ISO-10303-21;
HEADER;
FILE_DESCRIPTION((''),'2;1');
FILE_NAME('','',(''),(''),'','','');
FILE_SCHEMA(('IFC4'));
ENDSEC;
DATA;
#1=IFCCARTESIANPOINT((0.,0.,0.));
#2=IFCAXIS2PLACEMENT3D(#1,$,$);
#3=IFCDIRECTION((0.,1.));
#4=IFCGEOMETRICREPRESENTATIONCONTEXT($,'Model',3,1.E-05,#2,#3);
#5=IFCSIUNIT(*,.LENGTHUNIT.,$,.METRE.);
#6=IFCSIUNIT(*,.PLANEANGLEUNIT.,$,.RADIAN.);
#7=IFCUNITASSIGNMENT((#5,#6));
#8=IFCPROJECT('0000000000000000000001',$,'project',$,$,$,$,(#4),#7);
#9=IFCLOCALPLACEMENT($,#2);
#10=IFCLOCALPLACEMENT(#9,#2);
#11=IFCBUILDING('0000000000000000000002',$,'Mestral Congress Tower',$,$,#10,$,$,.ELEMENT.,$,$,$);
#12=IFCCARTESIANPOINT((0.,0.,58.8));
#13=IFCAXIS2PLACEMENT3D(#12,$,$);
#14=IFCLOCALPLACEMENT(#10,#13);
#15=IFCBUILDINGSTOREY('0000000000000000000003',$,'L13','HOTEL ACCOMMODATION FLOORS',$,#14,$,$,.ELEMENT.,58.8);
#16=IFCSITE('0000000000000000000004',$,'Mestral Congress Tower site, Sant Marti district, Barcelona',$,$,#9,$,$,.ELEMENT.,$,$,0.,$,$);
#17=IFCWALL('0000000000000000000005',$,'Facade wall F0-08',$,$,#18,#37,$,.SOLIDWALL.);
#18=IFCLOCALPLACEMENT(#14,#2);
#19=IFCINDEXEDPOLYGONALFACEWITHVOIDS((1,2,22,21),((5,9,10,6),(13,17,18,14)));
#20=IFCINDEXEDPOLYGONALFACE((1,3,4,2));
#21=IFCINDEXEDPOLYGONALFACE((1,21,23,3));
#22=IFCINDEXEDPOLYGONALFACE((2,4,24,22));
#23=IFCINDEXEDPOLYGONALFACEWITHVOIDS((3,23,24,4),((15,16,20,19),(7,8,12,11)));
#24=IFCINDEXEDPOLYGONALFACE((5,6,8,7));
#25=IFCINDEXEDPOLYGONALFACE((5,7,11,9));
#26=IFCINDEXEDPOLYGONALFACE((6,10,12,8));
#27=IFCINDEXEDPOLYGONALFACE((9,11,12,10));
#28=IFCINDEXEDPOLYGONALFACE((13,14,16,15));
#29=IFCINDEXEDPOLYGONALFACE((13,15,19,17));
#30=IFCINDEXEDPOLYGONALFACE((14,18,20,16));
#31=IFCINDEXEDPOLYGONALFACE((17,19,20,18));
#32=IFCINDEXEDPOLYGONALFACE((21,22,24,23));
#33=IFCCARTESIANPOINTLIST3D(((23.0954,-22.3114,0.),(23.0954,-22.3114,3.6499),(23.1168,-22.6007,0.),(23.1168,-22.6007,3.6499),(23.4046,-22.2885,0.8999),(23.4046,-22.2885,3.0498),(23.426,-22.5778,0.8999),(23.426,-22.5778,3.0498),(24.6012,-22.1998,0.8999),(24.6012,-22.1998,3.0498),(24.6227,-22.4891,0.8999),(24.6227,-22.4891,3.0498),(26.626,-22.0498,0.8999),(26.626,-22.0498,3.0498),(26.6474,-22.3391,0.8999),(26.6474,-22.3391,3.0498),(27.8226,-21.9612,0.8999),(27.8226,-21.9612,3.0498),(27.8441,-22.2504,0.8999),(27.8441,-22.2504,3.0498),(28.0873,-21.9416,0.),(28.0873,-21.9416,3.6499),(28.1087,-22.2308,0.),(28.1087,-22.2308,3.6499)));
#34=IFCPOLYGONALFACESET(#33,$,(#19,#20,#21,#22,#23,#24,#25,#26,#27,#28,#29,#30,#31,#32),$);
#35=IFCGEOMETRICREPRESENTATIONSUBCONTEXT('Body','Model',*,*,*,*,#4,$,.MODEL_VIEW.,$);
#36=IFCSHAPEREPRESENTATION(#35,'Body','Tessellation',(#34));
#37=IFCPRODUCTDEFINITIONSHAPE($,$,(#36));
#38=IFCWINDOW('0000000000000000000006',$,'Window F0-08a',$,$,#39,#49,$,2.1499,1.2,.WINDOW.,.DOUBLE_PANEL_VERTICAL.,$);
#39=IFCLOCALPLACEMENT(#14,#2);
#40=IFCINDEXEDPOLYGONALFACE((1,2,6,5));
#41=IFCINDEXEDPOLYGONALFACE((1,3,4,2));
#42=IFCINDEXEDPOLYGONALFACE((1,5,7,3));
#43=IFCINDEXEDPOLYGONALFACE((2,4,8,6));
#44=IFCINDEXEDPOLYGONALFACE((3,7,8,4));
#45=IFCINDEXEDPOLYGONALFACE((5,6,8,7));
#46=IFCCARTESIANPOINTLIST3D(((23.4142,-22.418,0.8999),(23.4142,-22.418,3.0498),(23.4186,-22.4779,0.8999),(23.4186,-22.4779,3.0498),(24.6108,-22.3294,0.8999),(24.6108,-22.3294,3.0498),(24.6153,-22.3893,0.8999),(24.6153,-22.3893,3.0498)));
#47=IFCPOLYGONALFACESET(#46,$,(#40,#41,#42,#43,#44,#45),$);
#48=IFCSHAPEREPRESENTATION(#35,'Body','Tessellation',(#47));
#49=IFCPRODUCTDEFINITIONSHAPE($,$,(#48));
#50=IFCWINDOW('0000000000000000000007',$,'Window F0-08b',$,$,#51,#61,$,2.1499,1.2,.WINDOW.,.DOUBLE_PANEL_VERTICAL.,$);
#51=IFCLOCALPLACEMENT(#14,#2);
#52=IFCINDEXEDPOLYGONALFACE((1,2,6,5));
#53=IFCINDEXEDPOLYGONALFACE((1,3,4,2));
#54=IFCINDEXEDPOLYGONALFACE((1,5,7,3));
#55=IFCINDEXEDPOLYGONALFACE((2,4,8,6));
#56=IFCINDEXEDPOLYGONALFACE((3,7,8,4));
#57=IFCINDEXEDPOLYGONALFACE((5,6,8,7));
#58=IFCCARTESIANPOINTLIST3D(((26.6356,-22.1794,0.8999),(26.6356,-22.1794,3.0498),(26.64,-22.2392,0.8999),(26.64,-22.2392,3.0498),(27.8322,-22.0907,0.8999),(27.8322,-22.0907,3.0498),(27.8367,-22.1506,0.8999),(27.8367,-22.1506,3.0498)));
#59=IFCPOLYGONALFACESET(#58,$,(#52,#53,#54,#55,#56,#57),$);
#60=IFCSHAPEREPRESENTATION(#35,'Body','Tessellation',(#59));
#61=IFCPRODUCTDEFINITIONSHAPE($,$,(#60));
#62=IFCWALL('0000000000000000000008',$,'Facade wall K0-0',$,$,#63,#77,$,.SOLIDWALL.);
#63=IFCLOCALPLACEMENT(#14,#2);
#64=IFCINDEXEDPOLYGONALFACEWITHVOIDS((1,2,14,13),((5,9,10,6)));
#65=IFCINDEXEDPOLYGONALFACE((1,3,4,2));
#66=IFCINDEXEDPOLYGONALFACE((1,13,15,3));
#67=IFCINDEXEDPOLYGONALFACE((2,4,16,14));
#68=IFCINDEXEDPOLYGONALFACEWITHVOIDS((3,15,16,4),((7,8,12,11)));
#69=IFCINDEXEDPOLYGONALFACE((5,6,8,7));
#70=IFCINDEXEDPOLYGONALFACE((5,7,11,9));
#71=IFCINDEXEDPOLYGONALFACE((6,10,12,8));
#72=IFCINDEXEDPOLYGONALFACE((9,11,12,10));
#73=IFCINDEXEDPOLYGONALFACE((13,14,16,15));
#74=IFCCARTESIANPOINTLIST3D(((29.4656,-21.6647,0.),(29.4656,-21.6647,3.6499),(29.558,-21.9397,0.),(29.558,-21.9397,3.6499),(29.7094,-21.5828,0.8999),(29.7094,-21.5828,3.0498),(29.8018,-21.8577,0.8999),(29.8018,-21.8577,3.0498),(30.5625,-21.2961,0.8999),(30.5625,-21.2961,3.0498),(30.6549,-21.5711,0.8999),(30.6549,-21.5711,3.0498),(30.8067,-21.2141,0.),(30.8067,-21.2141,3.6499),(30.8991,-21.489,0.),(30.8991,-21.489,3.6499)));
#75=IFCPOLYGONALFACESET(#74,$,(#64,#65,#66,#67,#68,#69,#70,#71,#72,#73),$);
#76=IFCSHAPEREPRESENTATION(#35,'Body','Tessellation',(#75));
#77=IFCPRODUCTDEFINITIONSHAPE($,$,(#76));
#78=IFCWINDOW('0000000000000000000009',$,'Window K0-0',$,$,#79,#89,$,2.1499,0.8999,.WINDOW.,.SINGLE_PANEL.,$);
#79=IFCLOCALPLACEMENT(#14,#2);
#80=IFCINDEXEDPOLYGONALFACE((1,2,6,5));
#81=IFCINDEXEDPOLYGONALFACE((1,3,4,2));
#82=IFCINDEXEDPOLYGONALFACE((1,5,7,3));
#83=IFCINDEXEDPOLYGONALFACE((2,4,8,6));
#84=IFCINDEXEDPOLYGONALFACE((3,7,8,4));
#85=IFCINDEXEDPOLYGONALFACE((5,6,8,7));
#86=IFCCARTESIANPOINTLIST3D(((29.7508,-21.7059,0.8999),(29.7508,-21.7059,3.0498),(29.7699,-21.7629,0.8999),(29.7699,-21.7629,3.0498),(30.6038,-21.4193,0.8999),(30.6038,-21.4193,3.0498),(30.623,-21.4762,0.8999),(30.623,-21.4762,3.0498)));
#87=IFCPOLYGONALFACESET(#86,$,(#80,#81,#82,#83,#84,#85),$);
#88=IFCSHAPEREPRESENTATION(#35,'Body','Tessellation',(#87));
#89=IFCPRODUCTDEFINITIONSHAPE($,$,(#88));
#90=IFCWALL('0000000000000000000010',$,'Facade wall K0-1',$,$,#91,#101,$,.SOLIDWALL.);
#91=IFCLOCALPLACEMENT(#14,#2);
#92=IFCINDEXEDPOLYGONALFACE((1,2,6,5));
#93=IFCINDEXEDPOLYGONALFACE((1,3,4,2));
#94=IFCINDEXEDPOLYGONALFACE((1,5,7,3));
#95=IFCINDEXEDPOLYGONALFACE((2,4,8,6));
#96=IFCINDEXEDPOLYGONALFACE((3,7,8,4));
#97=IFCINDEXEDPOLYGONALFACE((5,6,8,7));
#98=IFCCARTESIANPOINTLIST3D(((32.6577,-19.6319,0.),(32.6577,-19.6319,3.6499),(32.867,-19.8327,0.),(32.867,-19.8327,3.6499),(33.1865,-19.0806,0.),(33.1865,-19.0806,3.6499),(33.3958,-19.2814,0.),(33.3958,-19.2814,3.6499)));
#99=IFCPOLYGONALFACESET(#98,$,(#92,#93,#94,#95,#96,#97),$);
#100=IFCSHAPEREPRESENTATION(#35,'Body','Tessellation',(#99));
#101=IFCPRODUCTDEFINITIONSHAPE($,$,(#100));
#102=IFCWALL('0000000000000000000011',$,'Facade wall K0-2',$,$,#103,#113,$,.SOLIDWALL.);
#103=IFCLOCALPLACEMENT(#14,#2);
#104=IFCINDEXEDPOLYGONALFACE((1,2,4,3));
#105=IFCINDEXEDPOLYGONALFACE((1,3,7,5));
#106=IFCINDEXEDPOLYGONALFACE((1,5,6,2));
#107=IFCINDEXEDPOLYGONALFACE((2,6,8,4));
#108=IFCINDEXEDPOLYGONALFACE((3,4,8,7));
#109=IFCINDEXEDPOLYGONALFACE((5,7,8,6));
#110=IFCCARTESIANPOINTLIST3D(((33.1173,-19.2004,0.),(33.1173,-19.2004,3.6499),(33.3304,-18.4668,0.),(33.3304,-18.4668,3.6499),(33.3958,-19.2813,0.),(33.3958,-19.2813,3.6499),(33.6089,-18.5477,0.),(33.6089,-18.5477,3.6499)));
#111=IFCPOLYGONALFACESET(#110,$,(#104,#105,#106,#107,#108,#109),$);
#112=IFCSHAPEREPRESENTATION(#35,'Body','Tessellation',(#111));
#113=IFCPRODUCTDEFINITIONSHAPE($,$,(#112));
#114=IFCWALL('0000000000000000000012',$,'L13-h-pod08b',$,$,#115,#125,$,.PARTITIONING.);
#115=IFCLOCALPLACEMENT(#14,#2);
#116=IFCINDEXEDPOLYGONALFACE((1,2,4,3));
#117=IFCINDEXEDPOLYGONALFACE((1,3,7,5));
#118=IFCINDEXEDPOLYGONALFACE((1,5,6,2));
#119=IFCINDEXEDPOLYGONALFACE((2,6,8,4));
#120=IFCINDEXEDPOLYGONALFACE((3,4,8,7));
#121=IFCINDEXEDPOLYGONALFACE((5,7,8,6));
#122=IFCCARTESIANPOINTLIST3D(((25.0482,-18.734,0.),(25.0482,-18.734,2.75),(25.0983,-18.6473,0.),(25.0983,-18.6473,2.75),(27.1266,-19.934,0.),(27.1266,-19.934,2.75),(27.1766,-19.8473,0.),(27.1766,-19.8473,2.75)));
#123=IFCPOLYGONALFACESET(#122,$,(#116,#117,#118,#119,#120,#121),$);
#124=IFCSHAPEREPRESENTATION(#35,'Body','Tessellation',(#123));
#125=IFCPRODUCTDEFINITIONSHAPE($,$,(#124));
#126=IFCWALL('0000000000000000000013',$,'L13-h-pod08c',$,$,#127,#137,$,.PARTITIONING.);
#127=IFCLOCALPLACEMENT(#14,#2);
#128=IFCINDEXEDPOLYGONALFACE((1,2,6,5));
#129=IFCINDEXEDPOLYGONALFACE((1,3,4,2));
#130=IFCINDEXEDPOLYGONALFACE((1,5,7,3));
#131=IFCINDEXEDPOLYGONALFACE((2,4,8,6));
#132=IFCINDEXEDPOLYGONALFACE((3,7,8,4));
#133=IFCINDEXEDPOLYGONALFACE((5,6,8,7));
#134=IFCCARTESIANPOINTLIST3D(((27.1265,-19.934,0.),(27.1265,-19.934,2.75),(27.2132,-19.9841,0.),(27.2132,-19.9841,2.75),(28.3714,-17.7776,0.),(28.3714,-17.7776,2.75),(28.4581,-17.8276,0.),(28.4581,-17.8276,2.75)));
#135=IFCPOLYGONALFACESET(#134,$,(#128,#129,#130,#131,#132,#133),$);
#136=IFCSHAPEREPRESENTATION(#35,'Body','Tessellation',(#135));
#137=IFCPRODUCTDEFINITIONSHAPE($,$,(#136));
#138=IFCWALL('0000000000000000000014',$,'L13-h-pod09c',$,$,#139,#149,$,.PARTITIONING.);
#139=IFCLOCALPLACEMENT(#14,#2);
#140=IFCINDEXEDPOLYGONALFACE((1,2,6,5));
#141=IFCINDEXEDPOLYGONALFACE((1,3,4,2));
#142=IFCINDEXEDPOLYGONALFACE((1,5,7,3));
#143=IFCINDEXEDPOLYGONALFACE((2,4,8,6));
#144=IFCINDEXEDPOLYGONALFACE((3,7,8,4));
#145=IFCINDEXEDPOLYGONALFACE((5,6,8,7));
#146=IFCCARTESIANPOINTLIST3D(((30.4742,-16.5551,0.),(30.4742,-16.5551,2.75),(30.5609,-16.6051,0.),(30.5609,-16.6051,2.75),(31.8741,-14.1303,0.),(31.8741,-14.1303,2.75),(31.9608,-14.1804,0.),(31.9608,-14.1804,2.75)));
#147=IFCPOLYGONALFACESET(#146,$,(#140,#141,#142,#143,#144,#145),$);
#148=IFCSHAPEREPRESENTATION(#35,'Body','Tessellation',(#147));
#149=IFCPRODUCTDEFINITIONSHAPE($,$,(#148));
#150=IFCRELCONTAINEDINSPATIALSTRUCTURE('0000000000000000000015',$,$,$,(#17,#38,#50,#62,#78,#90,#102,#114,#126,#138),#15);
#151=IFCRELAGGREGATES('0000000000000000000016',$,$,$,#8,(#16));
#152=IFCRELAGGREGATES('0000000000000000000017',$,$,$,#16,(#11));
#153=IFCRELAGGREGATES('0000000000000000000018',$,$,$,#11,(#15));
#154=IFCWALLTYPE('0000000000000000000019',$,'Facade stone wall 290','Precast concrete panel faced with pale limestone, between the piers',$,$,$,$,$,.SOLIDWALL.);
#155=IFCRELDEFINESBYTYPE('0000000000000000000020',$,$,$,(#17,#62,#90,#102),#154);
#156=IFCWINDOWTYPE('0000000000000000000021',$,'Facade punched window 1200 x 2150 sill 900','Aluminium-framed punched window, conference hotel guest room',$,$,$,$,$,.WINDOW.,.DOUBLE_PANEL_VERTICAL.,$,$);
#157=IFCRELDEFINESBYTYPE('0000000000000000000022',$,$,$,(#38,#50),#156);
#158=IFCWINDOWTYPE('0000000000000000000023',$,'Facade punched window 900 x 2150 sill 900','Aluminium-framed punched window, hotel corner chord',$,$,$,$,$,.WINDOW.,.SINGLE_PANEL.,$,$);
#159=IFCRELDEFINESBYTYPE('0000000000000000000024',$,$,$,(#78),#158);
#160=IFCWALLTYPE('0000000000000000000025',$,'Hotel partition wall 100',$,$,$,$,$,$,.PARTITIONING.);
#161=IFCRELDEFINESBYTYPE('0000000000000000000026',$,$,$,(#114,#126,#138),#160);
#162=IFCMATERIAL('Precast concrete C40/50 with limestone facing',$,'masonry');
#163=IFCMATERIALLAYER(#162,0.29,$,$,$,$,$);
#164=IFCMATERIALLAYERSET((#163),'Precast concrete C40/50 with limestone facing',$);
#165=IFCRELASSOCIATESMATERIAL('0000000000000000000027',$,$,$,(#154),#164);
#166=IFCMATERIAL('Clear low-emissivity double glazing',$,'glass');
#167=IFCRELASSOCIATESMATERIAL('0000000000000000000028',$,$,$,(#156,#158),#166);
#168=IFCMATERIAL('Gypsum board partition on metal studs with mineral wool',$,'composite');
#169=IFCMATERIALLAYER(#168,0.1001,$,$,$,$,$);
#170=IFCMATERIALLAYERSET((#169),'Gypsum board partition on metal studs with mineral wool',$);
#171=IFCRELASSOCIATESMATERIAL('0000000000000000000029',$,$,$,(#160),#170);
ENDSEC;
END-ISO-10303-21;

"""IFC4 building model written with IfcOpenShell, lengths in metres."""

from ifc_helpers import new_model, si_unit, direction, frame, frame_2d, origin, place, context, subcontext, project, spatial, rectangle, extrude, material, layer, layer_set, type_object, element, fill, save


model = new_model("IFC4")

# Units and contexts
model_context = context("Model", 3, precision=1e-05, world=origin(), true_north=direction((0.0, 1.0)))
body_context = subcontext(model_context, "Body", "Model", "MODEL_VIEW")
ifc_project = project(units=[si_unit("LENGTHUNIT", "METRE"), si_unit("PLANEANGLEUNIT", "RADIAN")], contexts=[model_context])

# Site, building, storey
site_placement = place(None, origin())
site = spatial("IfcSite", under=ifc_project, at=site_placement, Name="Mestral Congress Tower site, Sant Marti district, Barcelona", CompositionType="ELEMENT", RefElevation=0.0)
building_placement = place(site_placement, origin())
building = spatial("IfcBuilding", under=site, at=building_placement, Name="Mestral Congress Tower", CompositionType="ELEMENT")
storey_placement = place(building_placement, frame((0.0, 0.0, 58.8)))
storey = spatial("IfcBuildingStorey", under=building, at=storey_placement, Name="L13", Description="HOTEL ACCOMMODATION FLOORS", CompositionType="ELEMENT", Elevation=58.8)

# Wall, openings, windows
ifc_material_1 = material(Name="Precast concrete C40/50 with limestone facing", Category="masonry")
ifc_layer_1 = layer(ifc_material_1, 0.29)
ifc_layer_set_1 = layer_set([ifc_layer_1], Name="Precast concrete C40/50 with limestone facing")
wall_type_1 = type_object("IfcWallType", Name="Facade stone wall 290", Description="Precast concrete panel faced with pale limestone, between the piers", PredefinedType="SOLIDWALL", material=ifc_layer_set_1)
ifc_material_2 = material(Name="Clear low-emissivity double glazing", Category="glass")
window_type_1 = type_object("IfcWindowType", Name="Facade punched window 1200 x 2150 sill 900", Description="Aluminium-framed punched window, conference hotel guest room", PartitioningType="DOUBLE_PANEL_VERTICAL", PredefinedType="WINDOW", material=ifc_material_2)
wall_1_placement = place(storey_placement, frame((23.106, -22.4561, 0.0), z_axis=(0.0, 0.0, 1.0), x_axis=(0.997266, 0.073891, 0.0)))
wall_1 = element("IfcWall", 1, at=wall_1_placement, inside=storey, type_object=wall_type_1, Name="Facade wall F0-08", PredefinedType="SOLIDWALL", context=body_context, shape_type="SweptSolid", body=[
    extrude(rectangle(XDim=5.0056, YDim=0.29, at=frame_2d((2.5029, 0.0))), origin(), (0.0, 0.0, 1.0), 3.6499),
])
opening_1_placement = place(wall_1_placement, frame((0.3101, 0.0, 0.8999)))
opening_1 = element("IfcOpeningElement", 2, at=opening_1_placement, cuts=wall_1, PredefinedType="OPENING", context=body_context, shape_type="SweptSolid", body=[
    extrude(rectangle(XDim=1.2, YDim=2.1499, at=frame_2d((0.6001, 1.075))), frame((0.0, 0.155, 0.0), z_axis=(0.0, -1.0, 0.0), x_axis=(1.0, 0.0, 0.0)), (0.0, 0.0, 1.0), 0.3101),
])
opening_2_placement = place(wall_1_placement, frame((3.5403, 0.0, 0.8999)))
opening_2 = element("IfcOpeningElement", 3, at=opening_2_placement, cuts=wall_1, PredefinedType="OPENING", context=body_context, shape_type="SweptSolid", body=[
    extrude(rectangle(XDim=1.2, YDim=2.1499, at=frame_2d((0.6001, 1.075))), frame((0.0, 0.155, 0.0), z_axis=(0.0, -1.0, 0.0), x_axis=(1.0, 0.0, 0.0)), (0.0, 0.0, 1.0), 0.3101),
])
window_1_placement = place(opening_1_placement, origin())
window_1 = element("IfcWindow", 4, at=window_1_placement, inside=storey, type_object=window_type_1, Name="Window F0-08a", OverallHeight=2.1499, OverallWidth=1.2, PartitioningType="DOUBLE_PANEL_VERTICAL", PredefinedType="WINDOW", context=body_context, shape_type="SweptSolid", body=[
    extrude(rectangle(XDim=1.2, YDim=2.1499, at=frame_2d((0.6001, 1.075))), frame((0.0, 0.0151, 0.0), z_axis=(0.0, -1.0, 0.0), x_axis=(1.0, 0.0, 0.0)), (0.0, 0.0, 1.0), 0.0601),
])
fill(opening_1, window_1)
window_2_placement = place(opening_2_placement, origin())
window_2 = element("IfcWindow", 5, at=window_2_placement, inside=storey, type_object=window_type_1, Name="Window F0-08b", OverallHeight=2.1499, OverallWidth=1.2, PartitioningType="DOUBLE_PANEL_VERTICAL", PredefinedType="WINDOW", context=body_context, shape_type="SweptSolid", body=[
    extrude(rectangle(XDim=1.2, YDim=2.1499, at=frame_2d((0.6001, 1.075))), frame((0.0, 0.0151, 0.0), z_axis=(0.0, -1.0, 0.0), x_axis=(1.0, 0.0, 0.0)), (0.0, 0.0, 1.0), 0.0601),
])
fill(opening_2, window_2)

# Wall, opening, window
wall_2_placement = place(storey_placement, frame((29.5117, -21.8022, 0.0), z_axis=(0.0, 0.0, 1.0), x_axis=(0.947904, 0.318556, 0.0)))
wall_2 = element("IfcWall", 6, at=wall_2_placement, inside=storey, type_object=wall_type_1, Name="Facade wall K0-0", PredefinedType="SOLIDWALL", context=body_context, shape_type="SweptSolid", body=[
    extrude(rectangle(XDim=1.4148, YDim=0.29, at=frame_2d((0.7075, 0.0))), origin(), (0.0, 0.0, 1.0), 3.6499),
])
opening_3_placement = place(wall_2_placement, frame((0.2573, 0.0, 0.8999)))
opening_3 = element("IfcOpeningElement", 7, at=opening_3_placement, cuts=wall_2, PredefinedType="OPENING", context=body_context, shape_type="SweptSolid", body=[
    extrude(rectangle(XDim=0.8999, YDim=2.1499, at=frame_2d((0.45, 1.075))), frame((0.0, 0.155, 0.0), z_axis=(0.0, -1.0, 0.0), x_axis=(1.0, 0.0, 0.0)), (0.0, 0.0, 1.0), 0.3101),
])
window_type_2 = type_object("IfcWindowType", Name="Facade punched window 900 x 2150 sill 900", Description="Aluminium-framed punched window, hotel corner chord", PartitioningType="SINGLE_PANEL", PredefinedType="WINDOW", material=ifc_material_2)
window_3_placement = place(opening_3_placement, origin())
window_3 = element("IfcWindow", 8, at=window_3_placement, inside=storey, type_object=window_type_2, Name="Window K0-0", OverallHeight=2.1499, OverallWidth=0.8999, PartitioningType="SINGLE_PANEL", PredefinedType="WINDOW", context=body_context, shape_type="SweptSolid", body=[
    extrude(rectangle(XDim=0.8999, YDim=2.1499, at=frame_2d((0.45, 1.075))), frame((0.0, 0.0151, 0.0), z_axis=(0.0, -1.0, 0.0), x_axis=(1.0, 0.0, 0.0)), (0.0, 0.0, 1.0), 0.0601),
])
fill(opening_3, window_3)

# Walls
for number, where, z_axis, x_axis, name in (
    (9, (32.7625, -19.7322, 0.0), (0.0, 0.0, 1.0), (0.692252, 0.721656, 0.0), "Facade wall K0-1"),
    (10, (33.2566, -19.2407, 0.0), (0.0, 0.0, 1.0), (0.278981, 0.960297, 0.0), "Facade wall K0-2"),
):
    element("IfcWall", number, at=place(storey_placement, frame(where, z_axis=z_axis, x_axis=x_axis)), inside=storey, type_object=wall_type_1, Name=name, PredefinedType="SOLIDWALL", context=body_context, shape_type="SweptSolid", body=[
        extrude(rectangle(XDim=0.7639, YDim=0.29, at=frame_2d((0.3818, 0.0))), origin(), (0.0, 0.0, 1.0), 3.6499),
    ])
ifc_material_3 = material(Name="Gypsum board partition on metal studs with mineral wool", Category="composite")
ifc_layer_2 = layer(ifc_material_3, 0.1001)
ifc_layer_set_2 = layer_set([ifc_layer_2], Name="Gypsum board partition on metal studs with mineral wool")
wall_type_2 = type_object("IfcWallType", Name="Hotel partition wall 100", PredefinedType="PARTITIONING", material=ifc_layer_set_2)
wall_3_placement = place(storey_placement, frame((25.0732, -18.6907, 0.0), z_axis=(0.0, 0.0, 1.0), x_axis=(0.866025, -0.500001, 0.0)))
element("IfcWall", 11, at=wall_3_placement, inside=storey, type_object=wall_type_2, Name="L13-h-pod08b", PredefinedType="PARTITIONING", context=body_context, shape_type="SweptSolid", body=[
    extrude(rectangle(XDim=2.3999, YDim=0.1001, at=frame_2d((1.2, 0.0))), origin(), (0.0, 0.0, 1.0), 2.75),
])
wall_4_placement = place(storey_placement, frame((28.4148, -17.8025, 0.0), z_axis=(0.0, 0.0, 1.0), x_axis=(-0.499946, -0.866057, 0.0)))
element("IfcWall", 12, at=wall_4_placement, inside=storey, type_object=wall_type_2, Name="L13-h-pod08c", PredefinedType="PARTITIONING", context=body_context, shape_type="SweptSolid", body=[
    extrude(rectangle(XDim=2.49, YDim=0.1001, at=frame_2d((1.2451, 0.0))), origin(), (0.0, 0.0, 1.0), 2.75),
])
wall_5_placement = place(storey_placement, frame((30.5176, -16.5801, 0.0), z_axis=(0.0, 0.0, 1.0), x_axis=(0.499984, 0.866035, 0.0)))
element("IfcWall", 13, at=wall_5_placement, inside=storey, type_object=wall_type_2, Name="L13-h-pod09c", PredefinedType="PARTITIONING", context=body_context, shape_type="SweptSolid", body=[
    extrude(rectangle(XDim=2.7998, YDim=0.1001, at=frame_2d((1.3999, 0.0))), origin(), (0.0, 0.0, 1.0), 2.75),
])

save(model, "model.ifc")
